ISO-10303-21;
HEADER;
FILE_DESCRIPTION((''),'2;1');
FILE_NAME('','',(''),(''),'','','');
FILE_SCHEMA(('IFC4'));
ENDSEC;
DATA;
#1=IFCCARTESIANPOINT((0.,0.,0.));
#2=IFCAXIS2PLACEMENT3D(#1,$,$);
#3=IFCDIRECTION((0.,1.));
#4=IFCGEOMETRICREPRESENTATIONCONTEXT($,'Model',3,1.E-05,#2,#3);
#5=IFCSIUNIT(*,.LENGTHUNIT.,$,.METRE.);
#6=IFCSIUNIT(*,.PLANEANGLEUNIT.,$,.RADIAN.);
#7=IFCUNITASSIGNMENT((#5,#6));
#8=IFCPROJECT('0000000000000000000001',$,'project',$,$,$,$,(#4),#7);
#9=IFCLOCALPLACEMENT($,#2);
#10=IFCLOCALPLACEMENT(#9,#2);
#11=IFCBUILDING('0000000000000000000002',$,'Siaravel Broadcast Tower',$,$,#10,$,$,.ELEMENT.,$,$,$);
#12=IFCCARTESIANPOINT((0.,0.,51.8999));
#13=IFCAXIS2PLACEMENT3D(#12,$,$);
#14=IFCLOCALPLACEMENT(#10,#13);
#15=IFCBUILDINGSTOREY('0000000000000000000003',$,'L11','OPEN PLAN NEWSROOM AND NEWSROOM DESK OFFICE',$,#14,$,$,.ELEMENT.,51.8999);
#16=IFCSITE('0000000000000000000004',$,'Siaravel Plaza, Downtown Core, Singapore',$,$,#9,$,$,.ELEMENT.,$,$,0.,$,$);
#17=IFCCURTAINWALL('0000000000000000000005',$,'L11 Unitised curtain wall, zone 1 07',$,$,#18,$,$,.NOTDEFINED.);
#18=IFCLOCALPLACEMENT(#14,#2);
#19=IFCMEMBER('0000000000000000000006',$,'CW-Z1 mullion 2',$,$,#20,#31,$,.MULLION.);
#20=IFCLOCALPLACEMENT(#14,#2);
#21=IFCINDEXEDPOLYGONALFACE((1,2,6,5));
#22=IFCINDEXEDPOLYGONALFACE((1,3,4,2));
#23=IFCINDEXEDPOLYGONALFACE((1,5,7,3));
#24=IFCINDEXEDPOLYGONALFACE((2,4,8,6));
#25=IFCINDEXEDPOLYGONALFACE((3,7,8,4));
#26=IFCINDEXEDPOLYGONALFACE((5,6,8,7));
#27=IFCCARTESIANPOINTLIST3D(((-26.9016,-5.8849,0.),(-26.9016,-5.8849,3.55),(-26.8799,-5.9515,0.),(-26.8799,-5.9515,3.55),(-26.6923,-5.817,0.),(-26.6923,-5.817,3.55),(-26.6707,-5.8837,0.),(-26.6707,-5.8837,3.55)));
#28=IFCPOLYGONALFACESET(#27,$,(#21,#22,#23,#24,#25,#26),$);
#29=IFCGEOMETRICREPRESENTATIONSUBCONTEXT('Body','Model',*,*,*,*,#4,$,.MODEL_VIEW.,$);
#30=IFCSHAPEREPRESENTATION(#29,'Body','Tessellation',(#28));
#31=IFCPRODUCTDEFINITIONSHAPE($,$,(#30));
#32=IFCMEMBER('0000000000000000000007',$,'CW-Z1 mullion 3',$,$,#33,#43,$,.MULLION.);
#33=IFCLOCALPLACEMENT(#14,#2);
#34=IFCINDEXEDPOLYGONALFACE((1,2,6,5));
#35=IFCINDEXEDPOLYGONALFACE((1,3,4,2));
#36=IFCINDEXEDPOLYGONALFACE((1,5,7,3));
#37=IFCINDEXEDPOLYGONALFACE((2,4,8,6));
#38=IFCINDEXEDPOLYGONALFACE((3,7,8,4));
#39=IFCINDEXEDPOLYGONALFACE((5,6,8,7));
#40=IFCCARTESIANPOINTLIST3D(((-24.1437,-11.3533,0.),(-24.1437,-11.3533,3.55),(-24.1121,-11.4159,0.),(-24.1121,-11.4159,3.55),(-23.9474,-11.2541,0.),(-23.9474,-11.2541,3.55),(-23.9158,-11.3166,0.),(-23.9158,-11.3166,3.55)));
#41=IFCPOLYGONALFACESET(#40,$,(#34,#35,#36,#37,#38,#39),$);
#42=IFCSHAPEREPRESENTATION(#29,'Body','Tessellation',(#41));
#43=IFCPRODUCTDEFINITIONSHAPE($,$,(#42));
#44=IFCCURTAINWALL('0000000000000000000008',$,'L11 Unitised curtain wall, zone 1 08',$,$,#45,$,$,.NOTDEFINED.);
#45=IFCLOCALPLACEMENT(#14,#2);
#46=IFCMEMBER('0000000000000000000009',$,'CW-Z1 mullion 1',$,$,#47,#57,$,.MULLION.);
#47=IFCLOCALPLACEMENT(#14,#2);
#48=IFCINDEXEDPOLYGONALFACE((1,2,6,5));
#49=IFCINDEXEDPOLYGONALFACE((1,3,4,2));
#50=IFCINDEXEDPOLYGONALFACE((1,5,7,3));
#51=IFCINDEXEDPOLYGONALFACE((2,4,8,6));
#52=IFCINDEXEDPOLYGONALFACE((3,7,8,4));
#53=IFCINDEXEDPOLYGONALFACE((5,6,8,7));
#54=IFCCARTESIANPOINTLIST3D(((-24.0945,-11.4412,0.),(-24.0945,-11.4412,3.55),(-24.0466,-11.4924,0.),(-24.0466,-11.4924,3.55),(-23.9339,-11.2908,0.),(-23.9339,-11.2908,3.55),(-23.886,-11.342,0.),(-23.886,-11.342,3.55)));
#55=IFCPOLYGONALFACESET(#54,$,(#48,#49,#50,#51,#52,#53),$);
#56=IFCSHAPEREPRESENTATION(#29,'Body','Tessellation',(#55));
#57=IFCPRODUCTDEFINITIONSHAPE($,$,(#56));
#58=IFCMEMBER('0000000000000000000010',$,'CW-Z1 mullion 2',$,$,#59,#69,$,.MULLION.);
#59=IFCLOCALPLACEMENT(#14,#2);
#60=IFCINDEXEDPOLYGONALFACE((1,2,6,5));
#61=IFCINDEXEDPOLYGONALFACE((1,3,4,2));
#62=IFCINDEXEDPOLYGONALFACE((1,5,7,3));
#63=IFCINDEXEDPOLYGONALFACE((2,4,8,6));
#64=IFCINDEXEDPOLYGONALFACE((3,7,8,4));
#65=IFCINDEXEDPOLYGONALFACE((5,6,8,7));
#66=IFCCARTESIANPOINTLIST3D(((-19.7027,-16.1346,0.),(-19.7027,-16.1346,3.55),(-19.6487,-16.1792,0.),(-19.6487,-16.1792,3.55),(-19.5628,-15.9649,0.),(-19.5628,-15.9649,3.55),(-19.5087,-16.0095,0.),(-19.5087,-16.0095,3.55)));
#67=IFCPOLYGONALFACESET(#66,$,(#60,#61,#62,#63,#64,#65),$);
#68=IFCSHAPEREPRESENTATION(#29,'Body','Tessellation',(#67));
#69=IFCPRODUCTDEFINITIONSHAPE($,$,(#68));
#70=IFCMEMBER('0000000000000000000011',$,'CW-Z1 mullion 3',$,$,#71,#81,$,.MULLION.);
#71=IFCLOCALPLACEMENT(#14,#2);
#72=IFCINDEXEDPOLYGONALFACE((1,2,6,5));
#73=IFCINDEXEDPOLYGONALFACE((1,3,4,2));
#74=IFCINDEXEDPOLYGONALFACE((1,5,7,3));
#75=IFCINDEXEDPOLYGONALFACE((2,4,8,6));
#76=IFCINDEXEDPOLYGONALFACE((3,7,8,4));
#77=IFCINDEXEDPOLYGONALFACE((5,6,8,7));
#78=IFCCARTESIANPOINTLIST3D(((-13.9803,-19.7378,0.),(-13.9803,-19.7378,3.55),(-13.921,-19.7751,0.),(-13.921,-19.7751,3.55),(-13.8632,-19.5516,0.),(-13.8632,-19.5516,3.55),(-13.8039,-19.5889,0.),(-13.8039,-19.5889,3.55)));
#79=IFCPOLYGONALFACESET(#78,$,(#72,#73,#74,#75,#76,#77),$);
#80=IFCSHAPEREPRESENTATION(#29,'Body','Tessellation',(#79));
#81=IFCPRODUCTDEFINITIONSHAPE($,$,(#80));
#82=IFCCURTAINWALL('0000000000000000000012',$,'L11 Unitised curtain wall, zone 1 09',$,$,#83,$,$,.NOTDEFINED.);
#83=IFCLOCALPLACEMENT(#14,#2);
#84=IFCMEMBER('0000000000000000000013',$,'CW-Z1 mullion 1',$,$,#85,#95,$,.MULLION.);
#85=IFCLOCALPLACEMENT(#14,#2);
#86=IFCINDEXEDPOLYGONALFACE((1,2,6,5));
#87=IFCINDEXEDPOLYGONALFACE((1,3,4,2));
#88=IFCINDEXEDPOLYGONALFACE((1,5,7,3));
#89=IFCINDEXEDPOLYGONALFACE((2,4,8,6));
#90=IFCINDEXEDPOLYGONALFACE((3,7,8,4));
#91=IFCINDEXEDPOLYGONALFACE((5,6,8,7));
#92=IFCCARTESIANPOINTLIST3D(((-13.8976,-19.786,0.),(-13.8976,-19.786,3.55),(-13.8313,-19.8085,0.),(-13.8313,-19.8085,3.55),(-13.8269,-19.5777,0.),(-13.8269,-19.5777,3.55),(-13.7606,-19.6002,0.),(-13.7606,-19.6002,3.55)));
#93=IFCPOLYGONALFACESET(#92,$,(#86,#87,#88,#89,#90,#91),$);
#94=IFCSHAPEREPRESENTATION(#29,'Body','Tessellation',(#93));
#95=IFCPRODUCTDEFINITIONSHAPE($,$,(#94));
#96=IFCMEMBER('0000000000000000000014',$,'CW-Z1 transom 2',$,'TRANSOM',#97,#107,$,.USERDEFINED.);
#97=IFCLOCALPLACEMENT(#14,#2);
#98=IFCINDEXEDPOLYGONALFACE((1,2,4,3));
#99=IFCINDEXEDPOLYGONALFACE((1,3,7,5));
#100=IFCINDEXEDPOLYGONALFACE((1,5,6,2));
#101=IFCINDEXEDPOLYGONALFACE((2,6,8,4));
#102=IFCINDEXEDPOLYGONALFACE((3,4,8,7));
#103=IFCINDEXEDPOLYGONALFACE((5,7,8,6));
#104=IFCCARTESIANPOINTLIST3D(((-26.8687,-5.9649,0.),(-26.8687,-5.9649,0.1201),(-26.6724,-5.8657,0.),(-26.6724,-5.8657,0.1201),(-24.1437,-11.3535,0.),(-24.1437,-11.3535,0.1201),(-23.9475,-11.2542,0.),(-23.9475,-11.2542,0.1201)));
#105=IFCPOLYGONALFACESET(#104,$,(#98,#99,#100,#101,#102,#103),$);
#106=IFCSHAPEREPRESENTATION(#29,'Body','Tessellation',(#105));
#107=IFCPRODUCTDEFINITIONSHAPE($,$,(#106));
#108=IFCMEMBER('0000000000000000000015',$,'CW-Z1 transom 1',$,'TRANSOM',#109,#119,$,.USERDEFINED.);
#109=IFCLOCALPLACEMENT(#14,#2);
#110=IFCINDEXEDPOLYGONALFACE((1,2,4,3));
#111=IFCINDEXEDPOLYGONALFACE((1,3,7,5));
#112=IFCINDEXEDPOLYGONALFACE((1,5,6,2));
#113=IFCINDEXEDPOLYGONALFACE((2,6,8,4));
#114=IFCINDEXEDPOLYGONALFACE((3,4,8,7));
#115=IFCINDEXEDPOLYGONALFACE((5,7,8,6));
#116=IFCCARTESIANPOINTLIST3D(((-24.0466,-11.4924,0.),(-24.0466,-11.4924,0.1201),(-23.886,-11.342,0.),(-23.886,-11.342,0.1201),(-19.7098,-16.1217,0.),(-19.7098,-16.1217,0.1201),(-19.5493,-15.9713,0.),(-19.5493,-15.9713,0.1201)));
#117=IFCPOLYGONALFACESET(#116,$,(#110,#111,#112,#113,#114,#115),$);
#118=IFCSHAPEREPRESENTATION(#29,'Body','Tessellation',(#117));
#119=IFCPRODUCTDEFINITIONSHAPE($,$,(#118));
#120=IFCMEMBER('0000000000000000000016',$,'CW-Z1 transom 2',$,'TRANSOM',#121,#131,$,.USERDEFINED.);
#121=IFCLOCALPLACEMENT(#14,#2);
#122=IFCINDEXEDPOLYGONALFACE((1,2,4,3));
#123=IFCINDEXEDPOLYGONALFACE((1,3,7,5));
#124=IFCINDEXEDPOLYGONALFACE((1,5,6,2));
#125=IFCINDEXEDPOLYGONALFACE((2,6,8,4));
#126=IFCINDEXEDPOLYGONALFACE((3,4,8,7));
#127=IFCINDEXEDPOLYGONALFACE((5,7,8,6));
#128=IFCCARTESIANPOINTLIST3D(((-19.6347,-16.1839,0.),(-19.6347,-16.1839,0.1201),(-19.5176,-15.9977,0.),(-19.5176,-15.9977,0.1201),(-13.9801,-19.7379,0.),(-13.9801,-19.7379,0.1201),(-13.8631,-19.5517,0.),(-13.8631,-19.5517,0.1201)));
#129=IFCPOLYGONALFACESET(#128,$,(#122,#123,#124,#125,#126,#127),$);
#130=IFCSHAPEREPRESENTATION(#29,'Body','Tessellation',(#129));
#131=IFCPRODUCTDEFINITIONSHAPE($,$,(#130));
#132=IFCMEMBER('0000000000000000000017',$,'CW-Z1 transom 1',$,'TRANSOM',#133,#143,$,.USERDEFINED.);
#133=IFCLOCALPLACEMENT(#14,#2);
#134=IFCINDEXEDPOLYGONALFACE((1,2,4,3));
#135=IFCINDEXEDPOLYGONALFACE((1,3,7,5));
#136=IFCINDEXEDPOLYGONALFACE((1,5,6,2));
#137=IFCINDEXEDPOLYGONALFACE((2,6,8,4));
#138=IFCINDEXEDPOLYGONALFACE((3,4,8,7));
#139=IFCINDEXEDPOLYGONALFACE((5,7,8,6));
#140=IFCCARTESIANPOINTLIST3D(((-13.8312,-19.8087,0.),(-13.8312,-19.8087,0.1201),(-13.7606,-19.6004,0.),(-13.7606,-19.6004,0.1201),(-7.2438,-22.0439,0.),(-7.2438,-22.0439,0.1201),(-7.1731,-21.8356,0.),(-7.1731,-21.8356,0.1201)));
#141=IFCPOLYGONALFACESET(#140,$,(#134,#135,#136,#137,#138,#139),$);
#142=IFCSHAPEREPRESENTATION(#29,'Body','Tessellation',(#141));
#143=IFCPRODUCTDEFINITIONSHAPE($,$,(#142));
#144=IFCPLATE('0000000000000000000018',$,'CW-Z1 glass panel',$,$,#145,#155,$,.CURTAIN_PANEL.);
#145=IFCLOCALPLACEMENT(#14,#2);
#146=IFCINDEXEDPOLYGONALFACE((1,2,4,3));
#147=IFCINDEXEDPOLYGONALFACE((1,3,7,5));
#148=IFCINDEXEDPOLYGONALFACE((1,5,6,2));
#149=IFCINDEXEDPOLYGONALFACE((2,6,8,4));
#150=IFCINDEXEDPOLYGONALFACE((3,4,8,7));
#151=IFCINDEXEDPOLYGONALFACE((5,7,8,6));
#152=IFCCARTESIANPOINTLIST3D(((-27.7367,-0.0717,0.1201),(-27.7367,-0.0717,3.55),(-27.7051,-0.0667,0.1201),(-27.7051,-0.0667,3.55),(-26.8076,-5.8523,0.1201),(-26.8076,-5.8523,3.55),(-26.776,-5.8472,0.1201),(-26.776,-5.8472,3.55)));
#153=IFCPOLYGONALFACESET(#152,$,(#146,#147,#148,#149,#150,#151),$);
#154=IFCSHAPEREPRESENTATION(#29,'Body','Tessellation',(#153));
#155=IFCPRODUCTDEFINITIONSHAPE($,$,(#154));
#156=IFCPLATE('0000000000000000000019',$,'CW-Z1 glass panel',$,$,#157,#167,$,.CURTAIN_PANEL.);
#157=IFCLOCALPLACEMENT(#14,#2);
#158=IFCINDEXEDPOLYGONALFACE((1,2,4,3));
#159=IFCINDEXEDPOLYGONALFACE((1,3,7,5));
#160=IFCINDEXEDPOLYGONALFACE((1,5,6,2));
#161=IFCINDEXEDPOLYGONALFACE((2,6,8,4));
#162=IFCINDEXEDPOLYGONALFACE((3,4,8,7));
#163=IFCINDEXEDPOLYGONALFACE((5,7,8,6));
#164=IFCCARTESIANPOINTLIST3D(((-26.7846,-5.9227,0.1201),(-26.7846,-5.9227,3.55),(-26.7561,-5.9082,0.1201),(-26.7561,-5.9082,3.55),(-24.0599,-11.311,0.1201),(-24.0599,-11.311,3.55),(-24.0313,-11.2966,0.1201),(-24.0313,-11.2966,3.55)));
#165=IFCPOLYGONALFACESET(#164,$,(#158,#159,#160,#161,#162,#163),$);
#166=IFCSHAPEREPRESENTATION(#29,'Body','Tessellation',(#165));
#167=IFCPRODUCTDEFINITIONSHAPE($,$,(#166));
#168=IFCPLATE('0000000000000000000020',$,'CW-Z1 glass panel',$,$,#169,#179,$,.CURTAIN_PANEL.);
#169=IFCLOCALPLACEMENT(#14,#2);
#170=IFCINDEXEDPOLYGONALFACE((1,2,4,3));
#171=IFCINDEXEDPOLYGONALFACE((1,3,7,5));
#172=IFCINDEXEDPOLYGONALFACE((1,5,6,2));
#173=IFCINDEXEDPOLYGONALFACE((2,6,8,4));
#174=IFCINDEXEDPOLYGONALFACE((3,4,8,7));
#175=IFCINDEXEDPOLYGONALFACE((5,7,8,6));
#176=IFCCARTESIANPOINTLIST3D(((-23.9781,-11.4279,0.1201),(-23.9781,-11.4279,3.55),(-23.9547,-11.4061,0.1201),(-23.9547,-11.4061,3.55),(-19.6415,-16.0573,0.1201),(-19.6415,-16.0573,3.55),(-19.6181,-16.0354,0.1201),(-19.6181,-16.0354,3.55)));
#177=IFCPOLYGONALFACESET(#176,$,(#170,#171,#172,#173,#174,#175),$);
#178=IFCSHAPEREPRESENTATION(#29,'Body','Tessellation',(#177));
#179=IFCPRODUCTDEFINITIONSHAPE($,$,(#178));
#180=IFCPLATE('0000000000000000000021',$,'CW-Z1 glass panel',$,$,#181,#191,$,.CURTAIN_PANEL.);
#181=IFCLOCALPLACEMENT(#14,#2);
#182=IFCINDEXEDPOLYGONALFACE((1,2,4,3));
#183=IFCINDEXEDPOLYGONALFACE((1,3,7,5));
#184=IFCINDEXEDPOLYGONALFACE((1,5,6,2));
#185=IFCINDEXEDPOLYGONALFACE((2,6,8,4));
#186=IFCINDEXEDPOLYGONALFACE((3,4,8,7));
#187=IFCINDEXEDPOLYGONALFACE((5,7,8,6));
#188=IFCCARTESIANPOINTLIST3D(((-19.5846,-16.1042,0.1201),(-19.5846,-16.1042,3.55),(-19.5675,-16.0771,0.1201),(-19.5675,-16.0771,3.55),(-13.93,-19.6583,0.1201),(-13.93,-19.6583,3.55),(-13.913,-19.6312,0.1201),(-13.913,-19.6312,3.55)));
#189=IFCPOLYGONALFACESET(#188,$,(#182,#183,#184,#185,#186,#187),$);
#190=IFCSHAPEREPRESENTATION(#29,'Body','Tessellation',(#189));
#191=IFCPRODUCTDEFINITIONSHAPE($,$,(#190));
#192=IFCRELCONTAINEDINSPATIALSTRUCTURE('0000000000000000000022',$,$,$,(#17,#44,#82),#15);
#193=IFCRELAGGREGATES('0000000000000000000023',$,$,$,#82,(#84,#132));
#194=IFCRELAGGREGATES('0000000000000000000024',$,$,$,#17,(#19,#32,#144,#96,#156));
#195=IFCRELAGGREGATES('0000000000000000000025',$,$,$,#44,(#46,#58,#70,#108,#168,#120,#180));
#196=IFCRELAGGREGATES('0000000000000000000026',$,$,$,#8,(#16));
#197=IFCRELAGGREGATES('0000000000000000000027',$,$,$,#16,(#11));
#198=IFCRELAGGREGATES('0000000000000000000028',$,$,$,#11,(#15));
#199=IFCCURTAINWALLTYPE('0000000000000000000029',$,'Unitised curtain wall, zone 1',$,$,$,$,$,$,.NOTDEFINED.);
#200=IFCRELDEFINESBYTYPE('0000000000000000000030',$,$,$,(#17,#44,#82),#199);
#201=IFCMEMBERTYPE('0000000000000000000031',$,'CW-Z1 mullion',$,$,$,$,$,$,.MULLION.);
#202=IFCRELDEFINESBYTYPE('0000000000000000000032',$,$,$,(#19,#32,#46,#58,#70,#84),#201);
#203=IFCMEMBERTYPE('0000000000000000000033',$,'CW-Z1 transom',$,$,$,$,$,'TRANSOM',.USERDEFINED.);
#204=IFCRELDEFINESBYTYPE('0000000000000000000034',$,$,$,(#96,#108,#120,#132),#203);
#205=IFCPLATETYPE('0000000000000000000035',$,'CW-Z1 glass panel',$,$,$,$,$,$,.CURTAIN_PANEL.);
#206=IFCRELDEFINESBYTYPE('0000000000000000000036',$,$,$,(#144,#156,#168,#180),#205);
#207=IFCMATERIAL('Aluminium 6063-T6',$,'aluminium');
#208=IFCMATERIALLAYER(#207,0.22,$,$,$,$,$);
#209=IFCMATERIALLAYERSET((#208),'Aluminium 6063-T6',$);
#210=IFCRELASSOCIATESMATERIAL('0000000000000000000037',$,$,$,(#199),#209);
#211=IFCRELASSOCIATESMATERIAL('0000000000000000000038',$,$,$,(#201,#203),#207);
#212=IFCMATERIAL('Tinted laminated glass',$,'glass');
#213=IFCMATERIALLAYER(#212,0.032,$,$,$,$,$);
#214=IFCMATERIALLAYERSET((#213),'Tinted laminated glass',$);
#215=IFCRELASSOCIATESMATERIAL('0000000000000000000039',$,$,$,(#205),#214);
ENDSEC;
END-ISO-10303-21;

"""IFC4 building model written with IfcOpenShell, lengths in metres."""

from ifc_helpers import new_model, si_unit, direction, frame, origin, origin_2d, place, context, subcontext, project, spatial, rectangle, extrude, material, layer, layer_set, material_profile, profile_set, type_object, element, aggregate, save


model = new_model("IFC4")

# Units and contexts
model_context = context("Model", 3, precision=1e-05, world=origin(), true_north=direction((0.0, 1.0)))
body_context = subcontext(model_context, "Body", "Model", "MODEL_VIEW")
ifc_project = project(units=[si_unit("LENGTHUNIT", "METRE"), si_unit("PLANEANGLEUNIT", "RADIAN")], contexts=[model_context])

# Site, building, storey
site_placement = place(None, origin())
site = spatial("IfcSite", under=ifc_project, at=site_placement, Name="Siaravel Plaza, Downtown Core, Singapore", CompositionType="ELEMENT", RefElevation=0.0)
building_placement = place(site_placement, origin())
building = spatial("IfcBuilding", under=site, at=building_placement, Name="Siaravel Broadcast Tower", CompositionType="ELEMENT")
storey_placement = place(building_placement, frame((0.0, 0.0, 51.8999)))
storey = spatial("IfcBuildingStorey", under=building, at=storey_placement, Name="L11", Description="OPEN PLAN NEWSROOM AND NEWSROOM DESK OFFICE", CompositionType="ELEMENT", Elevation=51.8999)

# Curtain walls, members
ifc_material_1 = material(Name="Aluminium 6063-T6", Category="aluminium")
ifc_layer_1 = layer(ifc_material_1, 0.22)
ifc_layer_set_1 = layer_set([ifc_layer_1], Name="Aluminium 6063-T6")
curtain_wall_type = type_object("IfcCurtainWallType", Name="Unitised curtain wall, zone 1", PredefinedType="NOTDEFINED", material=ifc_layer_set_1)
curtain_wall_1_placement = place(storey_placement, origin())
curtain_wall_1 = element("IfcCurtainWall", 1, at=curtain_wall_1_placement, inside=storey, type_object=curtain_wall_type, Name="L11 Unitised curtain wall, zone 1 07", PredefinedType="NOTDEFINED")
ifc_material_profile_1 = material_profile(ifc_material_1, rectangle(XDim=0.22, YDim=0.0701, at=origin_2d()))
ifc_profile_set_1 = profile_set([ifc_material_profile_1], Name="Aluminium 6063-T6")
member_type_1 = type_object("IfcMemberType", Name="CW-Z1 mullion", PredefinedType="MULLION", material=ifc_profile_set_1)
member_1_placement = place(storey_placement, frame((-26.7861, -5.8843, 0.0), z_axis=(0.0, 0.0, 1.0), x_axis=(0.951177, 0.308646, 0.0)))
member_1 = element("IfcMember", 2, at=member_1_placement, type_object=member_type_1, Name="CW-Z1 mullion 2", PredefinedType="MULLION", context=body_context, shape_type="SweptSolid", body=[
    extrude(rectangle(XDim=0.22, YDim=0.0701, at=origin_2d()), origin(), (0.0, 0.0, 1.0), 3.55),
])
member_2_placement = place(storey_placement, frame((-24.0298, -11.335, 0.0), z_axis=(0.0, 0.0, 1.0), x_axis=(0.892392, 0.451261, 0.0)))
member_2 = element("IfcMember", 3, at=member_2_placement, type_object=member_type_1, Name="CW-Z1 mullion 3", PredefinedType="MULLION", context=body_context, shape_type="SweptSolid", body=[
    extrude(rectangle(XDim=0.22, YDim=0.0701, at=origin_2d()), origin(), (0.0, 0.0, 1.0), 3.55),
])
curtain_wall_2_placement = place(storey_placement, origin())
curtain_wall_2 = element("IfcCurtainWall", 4, at=curtain_wall_2_placement, inside=storey, type_object=curtain_wall_type, Name="L11 Unitised curtain wall, zone 1 08", PredefinedType="NOTDEFINED")
member_3_placement = place(storey_placement, frame((-23.9902, -11.3916, 0.0), z_axis=(0.0, 0.0, 1.0), x_axis=(0.729805, 0.683655, 0.0)))
member_3 = element("IfcMember", 5, at=member_3_placement, type_object=member_type_1, Name="CW-Z1 mullion 1", PredefinedType="MULLION", context=body_context, shape_type="SweptSolid", body=[
    extrude(rectangle(XDim=0.22, YDim=0.0701, at=origin_2d()), origin(), (0.0, 0.0, 1.0), 3.55),
])
member_4_placement = place(storey_placement, frame((-19.6057, -16.072, 0.0), z_axis=(0.0, 0.0, 1.0), x_axis=(0.636219, 0.771509, 0.0)))
member_4 = element("IfcMember", 6, at=member_4_placement, type_object=member_type_1, Name="CW-Z1 mullion 2", PredefinedType="MULLION", context=body_context, shape_type="SweptSolid", body=[
    extrude(rectangle(XDim=0.22, YDim=0.0701, at=origin_2d()), origin(), (0.0, 0.0, 1.0), 3.55),
])
member_5_placement = place(storey_placement, frame((-13.8921, -19.6633, 0.0), z_axis=(0.0, 0.0, 1.0), x_axis=(0.532149, 0.846651, 0.0)))
member_5 = element("IfcMember", 7, at=member_5_placement, type_object=member_type_1, Name="CW-Z1 mullion 3", PredefinedType="MULLION", context=body_context, shape_type="SweptSolid", body=[
    extrude(rectangle(XDim=0.22, YDim=0.0701, at=origin_2d()), origin(), (0.0, 0.0, 1.0), 3.55),
])

# Curtain wall, member
curtain_wall_3_placement = place(storey_placement, origin())
curtain_wall_3 = element("IfcCurtainWall", 8, at=curtain_wall_3_placement, inside=storey, type_object=curtain_wall_type, Name="L11 Unitised curtain wall, zone 1 09", PredefinedType="NOTDEFINED")
member_6_placement = place(storey_placement, frame((-13.8291, -19.6931, 0.0), z_axis=(0.0, 0.0, 1.0), x_axis=(0.321301, 0.946977, 0.0)))
member_6 = element("IfcMember", 9, at=member_6_placement, type_object=member_type_1, Name="CW-Z1 mullion 1", PredefinedType="MULLION", context=body_context, shape_type="SweptSolid", body=[
    extrude(rectangle(XDim=0.22, YDim=0.0701, at=origin_2d()), origin(), (0.0, 0.0, 1.0), 3.55),
])

# Members
ifc_material_profile_2 = material_profile(ifc_material_1, rectangle(XDim=0.22, YDim=0.1201, at=origin_2d()))
ifc_profile_set_2 = profile_set([ifc_material_profile_2], Name="Aluminium 6063-T6")
member_type_2 = type_object("IfcMemberType", Name="CW-Z1 transom", ElementType="TRANSOM", PredefinedType="USERDEFINED", material=ifc_profile_set_2)
member_7_placement = place(storey_placement, frame((-26.7705, -5.9153, 0.0601), z_axis=(0.451268, -0.892388, 0.0), x_axis=(0.892388, 0.451268, 0.0)))
member_7 = element("IfcMember", 10, at=member_7_placement, type_object=member_type_2, Name="CW-Z1 transom 2", ObjectType="TRANSOM", PredefinedType="USERDEFINED", context=body_context, shape_type="SweptSolid", body=[
    extrude(rectangle(XDim=0.22, YDim=0.1201, at=origin_2d()), origin(), (0.0, 0.0, 1.0), 6.0383),
])
member_8_placement = place(storey_placement, frame((-23.9663, -11.4172, 0.0601), z_axis=(0.683676, -0.729786, 0.0), x_axis=(0.729786, 0.683676, 0.0)))
member_8 = element("IfcMember", 11, at=member_8_placement, type_object=member_type_2, Name="CW-Z1 transom 1", ObjectType="TRANSOM", PredefinedType="USERDEFINED", context=body_context, shape_type="SweptSolid", body=[
    extrude(rectangle(XDim=0.22, YDim=0.1201, at=origin_2d()), origin(), (0.0, 0.0, 1.0), 6.3433),
])
member_9_placement = place(storey_placement, frame((-19.5762, -16.0908, 0.0601), z_axis=(0.846659, -0.532136, 0.0), x_axis=(0.532136, 0.846659, 0.0)))
member_9 = element("IfcMember", 12, at=member_9_placement, type_object=member_type_2, Name="CW-Z1 transom 2", ObjectType="TRANSOM", PredefinedType="USERDEFINED", context=body_context, shape_type="SweptSolid", body=[
    extrude(rectangle(XDim=0.22, YDim=0.1201, at=origin_2d()), origin(), (0.0, 0.0, 1.0), 6.6787),
])
member_10_placement = place(storey_placement, frame((-13.7959, -19.7046, 0.0601), z_axis=(0.946975, -0.321309, 0.0), x_axis=(0.321309, 0.946975, 0.0)))
member_10 = element("IfcMember", 13, at=member_10_placement, type_object=member_type_2, Name="CW-Z1 transom 1", ObjectType="TRANSOM", PredefinedType="USERDEFINED", context=body_context, shape_type="SweptSolid", body=[
    extrude(rectangle(XDim=0.22, YDim=0.1201, at=origin_2d()), origin(), (0.0, 0.0, 1.0), 6.9563),
])
aggregate(curtain_wall_3, [member_6, member_10])

# Plates
ifc_material_2 = material(Name="Tinted laminated glass", Category="glass")
ifc_layer_2 = layer(ifc_material_2, 0.032)
ifc_layer_set_2 = layer_set([ifc_layer_2], Name="Tinted laminated glass")
plate_type = type_object("IfcPlateType", Name="CW-Z1 glass panel", PredefinedType="CURTAIN_PANEL", material=ifc_layer_set_2)
plate_1_placement = place(storey_placement, frame((-27.2563, -2.9595, 0.1201), z_axis=(0.0, 0.0, 1.0), x_axis=(0.158686, -0.987329, 0.0)))
plate_1 = element("IfcPlate", 14, at=plate_1_placement, type_object=plate_type, Name="CW-Z1 glass panel", PredefinedType="CURTAIN_PANEL", context=body_context, shape_type="SweptSolid", body=[
    extrude(rectangle(XDim=5.8547, YDim=0.032, at=origin_2d()), origin(), (0.0, 0.0, 1.0), 3.4299),
])
plate_2_placement = place(storey_placement, frame((-25.408, -8.6096, 0.1201), z_axis=(0.0, 0.0, 1.0), x_axis=(0.451261, -0.892392, 0.0)))
plate_2 = element("IfcPlate", 15, at=plate_2_placement, type_object=plate_type, Name="CW-Z1 glass panel", PredefinedType="CURTAIN_PANEL", context=body_context, shape_type="SweptSolid", body=[
    extrude(rectangle(XDim=6.0381, YDim=0.032, at=origin_2d()), origin(), (0.0, 0.0, 1.0), 3.4299),
])
aggregate(curtain_wall_1, [member_1, member_2, plate_1, member_7, plate_2])
plate_3_placement = place(storey_placement, frame((-21.7981, -13.7317, 0.1201), z_axis=(0.0, 0.0, 1.0), x_axis=(0.683655, -0.729805, 0.0)))
plate_3 = element("IfcPlate", 16, at=plate_3_placement, type_object=plate_type, Name="CW-Z1 glass panel", PredefinedType="CURTAIN_PANEL", context=body_context, shape_type="SweptSolid", body=[
    extrude(rectangle(XDim=6.3433, YDim=0.032, at=origin_2d()), origin(), (0.0, 0.0, 1.0), 3.4299),
])
plate_4_placement = place(storey_placement, frame((-16.7488, -17.8677, 0.1201), z_axis=(0.0, 0.0, 1.0), x_axis=(0.846651, -0.532149, 0.0)))
plate_4 = element("IfcPlate", 17, at=plate_4_placement, type_object=plate_type, Name="CW-Z1 glass panel", PredefinedType="CURTAIN_PANEL", context=body_context, shape_type="SweptSolid", body=[
    extrude(rectangle(XDim=6.6787, YDim=0.032, at=origin_2d()), origin(), (0.0, 0.0, 1.0), 3.4299),
])
aggregate(curtain_wall_2, [member_3, member_4, member_5, member_8, plate_3, member_9, plate_4])

save(model, "model.ifc")
